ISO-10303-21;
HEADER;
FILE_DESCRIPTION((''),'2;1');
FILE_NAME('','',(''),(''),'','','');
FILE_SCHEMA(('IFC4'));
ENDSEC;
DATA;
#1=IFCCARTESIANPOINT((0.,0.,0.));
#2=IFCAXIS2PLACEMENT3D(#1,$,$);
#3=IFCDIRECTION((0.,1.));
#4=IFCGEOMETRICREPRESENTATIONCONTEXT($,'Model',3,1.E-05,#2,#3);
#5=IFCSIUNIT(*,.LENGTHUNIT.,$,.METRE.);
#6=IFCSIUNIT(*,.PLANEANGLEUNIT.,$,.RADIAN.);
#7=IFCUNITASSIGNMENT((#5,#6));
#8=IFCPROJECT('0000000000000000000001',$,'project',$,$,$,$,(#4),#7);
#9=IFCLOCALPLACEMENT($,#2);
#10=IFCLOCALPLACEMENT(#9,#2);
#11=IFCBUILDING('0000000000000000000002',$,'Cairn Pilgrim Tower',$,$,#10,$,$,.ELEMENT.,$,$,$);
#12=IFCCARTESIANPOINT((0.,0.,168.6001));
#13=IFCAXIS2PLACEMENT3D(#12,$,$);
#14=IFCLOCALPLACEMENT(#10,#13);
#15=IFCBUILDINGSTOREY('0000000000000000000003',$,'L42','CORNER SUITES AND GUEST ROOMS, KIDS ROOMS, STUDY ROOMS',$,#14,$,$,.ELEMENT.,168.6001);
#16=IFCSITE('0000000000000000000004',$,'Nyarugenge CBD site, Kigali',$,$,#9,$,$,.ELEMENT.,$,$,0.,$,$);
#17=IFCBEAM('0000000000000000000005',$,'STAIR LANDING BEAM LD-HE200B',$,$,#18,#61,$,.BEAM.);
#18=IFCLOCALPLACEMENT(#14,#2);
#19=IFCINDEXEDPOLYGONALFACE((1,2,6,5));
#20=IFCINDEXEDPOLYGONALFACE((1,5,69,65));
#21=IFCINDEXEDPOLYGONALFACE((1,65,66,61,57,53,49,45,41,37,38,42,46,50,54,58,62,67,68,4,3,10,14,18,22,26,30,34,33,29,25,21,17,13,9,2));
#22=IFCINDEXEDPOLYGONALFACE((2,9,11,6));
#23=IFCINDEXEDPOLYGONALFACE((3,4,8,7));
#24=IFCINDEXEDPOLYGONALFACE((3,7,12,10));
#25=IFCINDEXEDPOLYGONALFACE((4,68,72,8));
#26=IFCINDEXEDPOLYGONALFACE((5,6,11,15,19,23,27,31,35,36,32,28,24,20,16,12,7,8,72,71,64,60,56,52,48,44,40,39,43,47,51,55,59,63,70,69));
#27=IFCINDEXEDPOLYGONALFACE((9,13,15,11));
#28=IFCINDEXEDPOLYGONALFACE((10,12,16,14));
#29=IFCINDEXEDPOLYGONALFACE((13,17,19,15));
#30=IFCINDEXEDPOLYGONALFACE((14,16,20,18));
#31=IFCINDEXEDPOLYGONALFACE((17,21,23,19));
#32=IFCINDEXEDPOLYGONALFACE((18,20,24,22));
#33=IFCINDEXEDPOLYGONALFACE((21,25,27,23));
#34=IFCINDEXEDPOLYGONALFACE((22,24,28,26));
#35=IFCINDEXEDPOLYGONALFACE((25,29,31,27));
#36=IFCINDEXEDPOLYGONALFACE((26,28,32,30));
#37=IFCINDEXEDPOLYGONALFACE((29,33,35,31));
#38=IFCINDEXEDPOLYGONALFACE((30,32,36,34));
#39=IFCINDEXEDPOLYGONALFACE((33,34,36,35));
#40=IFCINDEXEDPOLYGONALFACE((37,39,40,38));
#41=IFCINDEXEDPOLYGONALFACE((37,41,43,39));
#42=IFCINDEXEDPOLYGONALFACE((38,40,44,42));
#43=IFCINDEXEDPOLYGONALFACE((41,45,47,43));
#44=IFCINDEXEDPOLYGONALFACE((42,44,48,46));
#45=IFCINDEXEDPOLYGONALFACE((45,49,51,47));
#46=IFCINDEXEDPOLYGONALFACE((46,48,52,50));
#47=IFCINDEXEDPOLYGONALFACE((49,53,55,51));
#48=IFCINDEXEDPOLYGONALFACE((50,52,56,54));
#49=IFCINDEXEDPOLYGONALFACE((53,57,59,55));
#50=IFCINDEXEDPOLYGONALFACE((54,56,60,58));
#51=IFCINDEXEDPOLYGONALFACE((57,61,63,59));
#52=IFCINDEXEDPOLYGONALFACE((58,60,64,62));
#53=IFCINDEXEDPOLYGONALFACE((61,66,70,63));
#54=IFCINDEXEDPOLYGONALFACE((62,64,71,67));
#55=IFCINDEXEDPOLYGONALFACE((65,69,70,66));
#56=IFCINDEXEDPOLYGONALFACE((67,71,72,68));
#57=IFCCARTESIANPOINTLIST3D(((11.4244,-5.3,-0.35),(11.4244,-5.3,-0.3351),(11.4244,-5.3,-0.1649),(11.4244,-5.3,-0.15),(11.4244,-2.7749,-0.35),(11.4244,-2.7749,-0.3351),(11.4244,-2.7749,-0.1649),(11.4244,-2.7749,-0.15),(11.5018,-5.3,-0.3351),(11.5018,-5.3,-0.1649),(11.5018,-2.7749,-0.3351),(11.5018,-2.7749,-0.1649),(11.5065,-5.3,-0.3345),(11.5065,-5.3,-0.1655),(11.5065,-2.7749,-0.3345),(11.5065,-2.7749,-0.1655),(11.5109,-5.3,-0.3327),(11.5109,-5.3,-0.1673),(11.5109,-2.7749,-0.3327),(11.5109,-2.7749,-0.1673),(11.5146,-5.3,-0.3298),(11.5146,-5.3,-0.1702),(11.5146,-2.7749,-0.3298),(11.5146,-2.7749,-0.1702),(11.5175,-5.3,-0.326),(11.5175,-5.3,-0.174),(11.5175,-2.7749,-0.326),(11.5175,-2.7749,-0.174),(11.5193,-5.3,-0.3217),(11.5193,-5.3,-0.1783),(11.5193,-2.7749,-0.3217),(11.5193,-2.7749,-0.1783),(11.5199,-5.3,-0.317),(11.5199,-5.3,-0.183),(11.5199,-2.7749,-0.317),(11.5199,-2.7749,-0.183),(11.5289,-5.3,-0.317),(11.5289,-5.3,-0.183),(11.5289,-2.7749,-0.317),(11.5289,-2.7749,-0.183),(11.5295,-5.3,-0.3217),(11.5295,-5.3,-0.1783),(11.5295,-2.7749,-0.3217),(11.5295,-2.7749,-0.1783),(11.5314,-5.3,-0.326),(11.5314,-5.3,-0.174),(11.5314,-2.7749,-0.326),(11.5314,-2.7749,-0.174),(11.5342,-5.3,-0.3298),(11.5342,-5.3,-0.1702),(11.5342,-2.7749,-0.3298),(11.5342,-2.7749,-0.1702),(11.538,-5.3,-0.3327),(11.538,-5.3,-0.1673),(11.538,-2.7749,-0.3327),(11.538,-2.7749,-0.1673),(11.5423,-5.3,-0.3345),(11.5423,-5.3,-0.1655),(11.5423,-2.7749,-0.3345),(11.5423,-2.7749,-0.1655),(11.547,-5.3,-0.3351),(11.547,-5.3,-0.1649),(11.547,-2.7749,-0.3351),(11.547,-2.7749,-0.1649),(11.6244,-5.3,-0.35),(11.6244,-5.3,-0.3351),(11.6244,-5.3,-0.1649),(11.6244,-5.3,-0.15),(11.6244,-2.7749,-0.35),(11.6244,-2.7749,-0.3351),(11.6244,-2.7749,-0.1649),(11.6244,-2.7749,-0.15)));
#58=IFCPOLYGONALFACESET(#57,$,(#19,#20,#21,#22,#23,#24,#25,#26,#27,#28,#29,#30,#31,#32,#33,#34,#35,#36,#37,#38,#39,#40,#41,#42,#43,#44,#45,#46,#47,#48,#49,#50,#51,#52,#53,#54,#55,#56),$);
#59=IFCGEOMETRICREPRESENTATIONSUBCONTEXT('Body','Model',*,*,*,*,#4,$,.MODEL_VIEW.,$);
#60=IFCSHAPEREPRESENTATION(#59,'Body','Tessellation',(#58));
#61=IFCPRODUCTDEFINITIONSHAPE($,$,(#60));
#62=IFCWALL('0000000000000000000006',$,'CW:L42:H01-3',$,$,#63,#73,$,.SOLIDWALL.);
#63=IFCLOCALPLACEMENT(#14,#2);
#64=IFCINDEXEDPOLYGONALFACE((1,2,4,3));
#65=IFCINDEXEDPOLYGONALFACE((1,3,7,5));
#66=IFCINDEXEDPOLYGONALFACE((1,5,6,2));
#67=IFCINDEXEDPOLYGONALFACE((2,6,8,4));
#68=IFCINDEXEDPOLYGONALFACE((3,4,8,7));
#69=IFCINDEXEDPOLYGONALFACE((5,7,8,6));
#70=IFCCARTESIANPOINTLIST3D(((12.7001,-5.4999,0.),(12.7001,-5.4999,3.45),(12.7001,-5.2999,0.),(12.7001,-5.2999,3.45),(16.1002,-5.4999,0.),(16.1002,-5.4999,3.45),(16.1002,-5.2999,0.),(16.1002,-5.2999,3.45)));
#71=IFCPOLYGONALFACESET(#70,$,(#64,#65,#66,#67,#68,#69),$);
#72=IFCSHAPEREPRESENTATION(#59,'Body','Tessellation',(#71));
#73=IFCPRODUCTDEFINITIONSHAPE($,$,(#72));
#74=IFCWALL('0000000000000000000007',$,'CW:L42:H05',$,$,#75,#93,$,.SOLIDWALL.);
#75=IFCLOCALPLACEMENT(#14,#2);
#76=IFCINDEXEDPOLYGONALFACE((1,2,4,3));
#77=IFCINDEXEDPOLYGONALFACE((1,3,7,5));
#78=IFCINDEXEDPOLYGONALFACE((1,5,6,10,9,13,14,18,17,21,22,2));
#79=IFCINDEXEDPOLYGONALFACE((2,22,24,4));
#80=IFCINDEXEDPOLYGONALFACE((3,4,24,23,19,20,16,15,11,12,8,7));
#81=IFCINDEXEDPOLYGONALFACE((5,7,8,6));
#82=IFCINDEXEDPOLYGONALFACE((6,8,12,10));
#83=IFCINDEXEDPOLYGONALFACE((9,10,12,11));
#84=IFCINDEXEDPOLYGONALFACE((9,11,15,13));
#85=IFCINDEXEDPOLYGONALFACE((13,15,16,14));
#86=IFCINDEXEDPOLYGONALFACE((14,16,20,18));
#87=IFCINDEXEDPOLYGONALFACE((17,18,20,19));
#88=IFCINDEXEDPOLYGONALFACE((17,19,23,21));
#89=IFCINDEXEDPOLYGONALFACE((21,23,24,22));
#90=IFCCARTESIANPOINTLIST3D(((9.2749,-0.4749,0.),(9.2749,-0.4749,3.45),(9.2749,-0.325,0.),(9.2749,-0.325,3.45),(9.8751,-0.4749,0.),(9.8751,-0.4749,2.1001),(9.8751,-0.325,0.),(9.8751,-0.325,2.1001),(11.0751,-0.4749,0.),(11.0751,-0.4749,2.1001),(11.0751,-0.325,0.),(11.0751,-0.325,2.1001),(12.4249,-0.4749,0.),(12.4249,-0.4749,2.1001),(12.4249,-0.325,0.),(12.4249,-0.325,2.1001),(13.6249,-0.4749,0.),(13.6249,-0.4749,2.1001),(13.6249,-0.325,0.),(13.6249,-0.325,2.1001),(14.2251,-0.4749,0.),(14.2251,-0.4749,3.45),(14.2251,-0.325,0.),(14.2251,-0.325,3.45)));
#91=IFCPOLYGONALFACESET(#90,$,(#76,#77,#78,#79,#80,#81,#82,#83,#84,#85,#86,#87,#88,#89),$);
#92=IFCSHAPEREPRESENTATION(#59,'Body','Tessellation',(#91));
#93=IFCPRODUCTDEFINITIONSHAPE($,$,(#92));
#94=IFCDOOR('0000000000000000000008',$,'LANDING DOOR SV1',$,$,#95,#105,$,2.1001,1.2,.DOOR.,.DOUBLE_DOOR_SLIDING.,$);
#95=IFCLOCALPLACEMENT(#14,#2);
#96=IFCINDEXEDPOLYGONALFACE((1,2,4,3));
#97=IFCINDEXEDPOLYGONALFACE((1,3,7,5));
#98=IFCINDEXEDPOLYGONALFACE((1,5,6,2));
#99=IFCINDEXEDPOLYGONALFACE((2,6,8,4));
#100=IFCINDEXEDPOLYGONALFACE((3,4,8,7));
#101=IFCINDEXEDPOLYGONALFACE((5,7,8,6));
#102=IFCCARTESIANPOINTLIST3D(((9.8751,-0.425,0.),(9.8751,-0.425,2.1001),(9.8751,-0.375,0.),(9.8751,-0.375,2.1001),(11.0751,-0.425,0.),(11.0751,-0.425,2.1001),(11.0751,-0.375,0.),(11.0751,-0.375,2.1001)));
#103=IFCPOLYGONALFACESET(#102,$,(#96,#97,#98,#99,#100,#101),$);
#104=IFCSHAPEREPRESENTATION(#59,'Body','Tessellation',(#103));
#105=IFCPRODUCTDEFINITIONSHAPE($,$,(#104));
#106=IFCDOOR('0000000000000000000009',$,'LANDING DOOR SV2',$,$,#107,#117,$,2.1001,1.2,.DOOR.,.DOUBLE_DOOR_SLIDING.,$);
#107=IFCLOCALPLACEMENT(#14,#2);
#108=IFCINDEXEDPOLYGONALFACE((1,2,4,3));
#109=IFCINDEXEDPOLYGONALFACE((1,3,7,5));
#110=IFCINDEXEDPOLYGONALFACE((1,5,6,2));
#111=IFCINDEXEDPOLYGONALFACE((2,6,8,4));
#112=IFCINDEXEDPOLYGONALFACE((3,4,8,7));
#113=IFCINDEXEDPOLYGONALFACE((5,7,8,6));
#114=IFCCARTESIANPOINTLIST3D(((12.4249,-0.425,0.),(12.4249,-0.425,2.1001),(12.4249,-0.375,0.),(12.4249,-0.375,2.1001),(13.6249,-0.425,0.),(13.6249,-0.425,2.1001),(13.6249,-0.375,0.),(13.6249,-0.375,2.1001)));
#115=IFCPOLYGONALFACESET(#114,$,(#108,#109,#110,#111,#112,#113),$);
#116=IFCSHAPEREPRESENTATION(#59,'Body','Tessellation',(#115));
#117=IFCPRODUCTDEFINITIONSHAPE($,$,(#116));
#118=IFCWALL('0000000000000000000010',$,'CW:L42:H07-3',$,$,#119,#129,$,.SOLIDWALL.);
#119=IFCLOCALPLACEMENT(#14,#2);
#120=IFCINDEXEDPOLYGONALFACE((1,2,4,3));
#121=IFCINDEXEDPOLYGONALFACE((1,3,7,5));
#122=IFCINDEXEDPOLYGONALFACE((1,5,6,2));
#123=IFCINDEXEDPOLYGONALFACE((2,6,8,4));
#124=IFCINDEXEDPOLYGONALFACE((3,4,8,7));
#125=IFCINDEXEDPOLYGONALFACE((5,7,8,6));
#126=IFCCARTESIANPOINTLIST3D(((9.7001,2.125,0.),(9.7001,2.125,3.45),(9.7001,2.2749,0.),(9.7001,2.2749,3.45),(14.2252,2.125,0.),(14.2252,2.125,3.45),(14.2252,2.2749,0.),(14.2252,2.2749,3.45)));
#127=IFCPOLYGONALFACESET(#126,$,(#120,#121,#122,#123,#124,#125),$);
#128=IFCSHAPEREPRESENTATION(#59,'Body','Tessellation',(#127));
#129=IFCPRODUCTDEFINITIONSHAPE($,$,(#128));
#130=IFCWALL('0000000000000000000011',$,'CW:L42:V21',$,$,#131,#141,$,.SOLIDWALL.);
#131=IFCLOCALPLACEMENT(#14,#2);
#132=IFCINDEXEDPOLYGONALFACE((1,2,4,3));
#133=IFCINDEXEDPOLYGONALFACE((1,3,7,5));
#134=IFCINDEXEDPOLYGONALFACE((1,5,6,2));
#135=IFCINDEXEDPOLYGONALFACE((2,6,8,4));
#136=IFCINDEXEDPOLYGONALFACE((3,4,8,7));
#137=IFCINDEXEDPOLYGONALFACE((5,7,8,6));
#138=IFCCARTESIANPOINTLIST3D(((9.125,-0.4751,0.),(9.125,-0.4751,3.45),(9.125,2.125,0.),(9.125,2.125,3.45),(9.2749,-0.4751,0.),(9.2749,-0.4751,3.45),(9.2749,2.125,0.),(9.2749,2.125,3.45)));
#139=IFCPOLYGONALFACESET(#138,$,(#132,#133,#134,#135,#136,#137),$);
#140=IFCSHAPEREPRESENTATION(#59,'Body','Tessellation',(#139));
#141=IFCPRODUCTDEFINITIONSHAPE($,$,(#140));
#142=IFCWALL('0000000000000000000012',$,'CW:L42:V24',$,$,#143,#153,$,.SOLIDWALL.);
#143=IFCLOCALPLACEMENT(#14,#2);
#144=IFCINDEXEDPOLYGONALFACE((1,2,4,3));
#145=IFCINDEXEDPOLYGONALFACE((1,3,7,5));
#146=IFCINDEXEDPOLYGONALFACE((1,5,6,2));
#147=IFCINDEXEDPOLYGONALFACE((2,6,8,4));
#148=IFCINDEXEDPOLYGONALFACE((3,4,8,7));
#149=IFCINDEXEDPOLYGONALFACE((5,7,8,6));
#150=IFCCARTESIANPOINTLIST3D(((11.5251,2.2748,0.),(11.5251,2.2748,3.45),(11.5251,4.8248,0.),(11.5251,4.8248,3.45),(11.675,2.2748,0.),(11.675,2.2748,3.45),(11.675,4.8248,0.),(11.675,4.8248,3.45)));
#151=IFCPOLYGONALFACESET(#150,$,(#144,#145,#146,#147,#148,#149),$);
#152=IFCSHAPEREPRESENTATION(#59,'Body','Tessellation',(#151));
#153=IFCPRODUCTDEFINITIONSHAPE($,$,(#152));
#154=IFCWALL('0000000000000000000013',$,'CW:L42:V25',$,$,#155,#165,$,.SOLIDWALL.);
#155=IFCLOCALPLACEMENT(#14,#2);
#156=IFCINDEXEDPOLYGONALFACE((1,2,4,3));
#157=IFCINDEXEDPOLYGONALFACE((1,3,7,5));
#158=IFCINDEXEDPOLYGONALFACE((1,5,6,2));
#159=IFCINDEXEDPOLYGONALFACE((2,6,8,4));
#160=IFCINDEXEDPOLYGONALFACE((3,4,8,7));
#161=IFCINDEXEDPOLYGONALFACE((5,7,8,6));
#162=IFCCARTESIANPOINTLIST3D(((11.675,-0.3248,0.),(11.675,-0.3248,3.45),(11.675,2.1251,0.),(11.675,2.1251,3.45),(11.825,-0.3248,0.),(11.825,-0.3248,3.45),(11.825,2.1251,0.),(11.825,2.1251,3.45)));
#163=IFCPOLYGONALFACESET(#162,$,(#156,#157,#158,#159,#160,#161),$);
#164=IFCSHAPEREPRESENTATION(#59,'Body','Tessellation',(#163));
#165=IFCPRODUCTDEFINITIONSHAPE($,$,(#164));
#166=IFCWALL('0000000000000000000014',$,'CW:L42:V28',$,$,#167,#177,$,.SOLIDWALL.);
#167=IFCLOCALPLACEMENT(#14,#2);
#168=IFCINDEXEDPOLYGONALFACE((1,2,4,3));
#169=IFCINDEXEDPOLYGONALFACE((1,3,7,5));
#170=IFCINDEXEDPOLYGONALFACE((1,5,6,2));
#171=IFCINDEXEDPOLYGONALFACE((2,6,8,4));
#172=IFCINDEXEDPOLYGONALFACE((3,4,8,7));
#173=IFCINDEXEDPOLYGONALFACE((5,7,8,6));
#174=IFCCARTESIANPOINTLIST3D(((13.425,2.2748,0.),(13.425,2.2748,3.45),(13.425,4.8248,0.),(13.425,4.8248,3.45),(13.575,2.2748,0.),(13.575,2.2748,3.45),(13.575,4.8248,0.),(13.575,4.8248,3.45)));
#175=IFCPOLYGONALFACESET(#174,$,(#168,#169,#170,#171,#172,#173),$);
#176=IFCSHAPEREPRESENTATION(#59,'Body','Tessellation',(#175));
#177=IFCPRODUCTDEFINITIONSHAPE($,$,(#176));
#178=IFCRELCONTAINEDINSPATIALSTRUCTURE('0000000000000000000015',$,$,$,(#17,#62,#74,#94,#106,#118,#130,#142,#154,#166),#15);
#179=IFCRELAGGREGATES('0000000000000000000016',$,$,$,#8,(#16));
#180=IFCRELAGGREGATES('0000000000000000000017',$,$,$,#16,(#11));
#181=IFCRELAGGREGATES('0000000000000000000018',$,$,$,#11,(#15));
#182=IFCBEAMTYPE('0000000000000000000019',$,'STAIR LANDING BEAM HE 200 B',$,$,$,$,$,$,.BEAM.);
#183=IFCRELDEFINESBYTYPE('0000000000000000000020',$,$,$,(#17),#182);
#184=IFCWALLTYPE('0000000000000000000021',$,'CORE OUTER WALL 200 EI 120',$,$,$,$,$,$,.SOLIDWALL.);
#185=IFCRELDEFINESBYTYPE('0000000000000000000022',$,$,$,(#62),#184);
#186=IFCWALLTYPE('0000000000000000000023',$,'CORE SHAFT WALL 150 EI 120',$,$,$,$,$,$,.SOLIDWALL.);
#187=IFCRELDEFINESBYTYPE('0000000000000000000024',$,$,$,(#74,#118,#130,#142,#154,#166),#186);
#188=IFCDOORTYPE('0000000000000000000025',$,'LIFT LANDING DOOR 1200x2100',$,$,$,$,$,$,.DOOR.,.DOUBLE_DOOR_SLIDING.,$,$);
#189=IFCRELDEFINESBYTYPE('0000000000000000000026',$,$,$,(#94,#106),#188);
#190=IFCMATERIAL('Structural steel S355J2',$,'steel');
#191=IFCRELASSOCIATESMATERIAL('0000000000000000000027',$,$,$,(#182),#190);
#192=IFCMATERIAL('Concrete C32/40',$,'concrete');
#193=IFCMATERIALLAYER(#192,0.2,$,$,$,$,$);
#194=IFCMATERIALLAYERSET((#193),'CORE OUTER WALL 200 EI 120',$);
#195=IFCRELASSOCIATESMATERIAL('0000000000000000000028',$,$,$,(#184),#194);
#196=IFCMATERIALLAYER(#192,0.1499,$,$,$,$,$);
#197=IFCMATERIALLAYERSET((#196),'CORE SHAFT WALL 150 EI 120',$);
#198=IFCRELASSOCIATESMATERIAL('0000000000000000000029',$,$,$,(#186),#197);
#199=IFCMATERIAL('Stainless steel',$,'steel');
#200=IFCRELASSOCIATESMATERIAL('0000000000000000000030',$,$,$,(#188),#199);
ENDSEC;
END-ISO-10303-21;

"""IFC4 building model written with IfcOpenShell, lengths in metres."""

from ifc_helpers import new_model, si_unit, direction, frame, frame_2d, origin, origin_2d, place, context, subcontext, project, spatial, rectangle, i_section, extrude, material, layer, layer_set, material_profile, profile_set, type_object, element, fill, save


model = new_model("IFC4")

# Units and contexts
model_context = context("Model", 3, precision=1e-05, world=origin(), true_north=direction((0.0, 1.0)))
body_context = subcontext(model_context, "Body", "Model", "MODEL_VIEW")
ifc_project = project(units=[si_unit("LENGTHUNIT", "METRE"), si_unit("PLANEANGLEUNIT", "RADIAN")], contexts=[model_context])

# Site, building, storey
site_placement = place(None, origin())
site = spatial("IfcSite", under=ifc_project, at=site_placement, Name="Nyarugenge CBD site, Kigali", CompositionType="ELEMENT", RefElevation=0.0)
building_placement = place(site_placement, origin())
building = spatial("IfcBuilding", under=site, at=building_placement, Name="Cairn Pilgrim Tower", CompositionType="ELEMENT")
storey_placement = place(building_placement, frame((0.0, 0.0, 168.6001)))
storey = spatial("IfcBuildingStorey", under=building, at=storey_placement, Name="L42", Description="CORNER SUITES AND GUEST ROOMS, KIDS ROOMS, STUDY ROOMS", CompositionType="ELEMENT", Elevation=168.6001)

# Beam
ifc_material_1 = material(Name="Structural steel S355J2", Category="steel")
ifc_material_profile = material_profile(ifc_material_1, i_section(OverallWidth=0.2, OverallDepth=0.2, WebThickness=0.009, FlangeThickness=0.0149, FilletRadius=0.0181, at=origin_2d()), Name="HE 200 B")
ifc_profile_set = profile_set([ifc_material_profile], Name="Structural steel S355J2")
beam_type = type_object("IfcBeamType", Name="STAIR LANDING BEAM HE 200 B", PredefinedType="BEAM", material=ifc_profile_set)
beam_placement = place(storey_placement, frame((11.5244, -2.7749, -0.25), z_axis=(0.0, -1.0, 0.0), x_axis=(1.0, 0.0, 0.0)))
element("IfcBeam", 1, at=beam_placement, inside=storey, type_object=beam_type, Name="STAIR LANDING BEAM LD-HE200B", PredefinedType="BEAM", context=body_context, shape_type="SweptSolid", body=[
    extrude(i_section(OverallWidth=0.2, OverallDepth=0.2, WebThickness=0.009, FlangeThickness=0.0149, FilletRadius=0.0181, at=origin_2d()), origin(), (0.0, 0.0, 1.0), 2.5251),
])

# Wall
ifc_material_2 = material(Name="Concrete C32/40", Category="concrete")
ifc_layer_1 = layer(ifc_material_2, 0.2)
ifc_layer_set_1 = layer_set([ifc_layer_1], Name="CORE OUTER WALL 200 EI 120")
wall_type_1 = type_object("IfcWallType", Name="CORE OUTER WALL 200 EI 120", PredefinedType="SOLIDWALL", material=ifc_layer_set_1)
wall_1_placement = place(storey_placement, frame((12.7, -5.3999, 0.0), z_axis=(0.0, 0.0, 1.0), x_axis=(1.0, 0.0, 0.0)))
element("IfcWall", 2, at=wall_1_placement, inside=storey, type_object=wall_type_1, Name="CW:L42:H01-3", PredefinedType="SOLIDWALL", context=body_context, shape_type="SweptSolid", body=[
    extrude(rectangle(XDim=3.4001, YDim=0.2, at=frame_2d((1.7002, 0.0))), origin(), (0.0, 0.0, 1.0), 3.45),
])

# Wall, openings, doors
ifc_layer_2 = layer(ifc_material_2, 0.1499)
ifc_layer_set_2 = layer_set([ifc_layer_2], Name="CORE SHAFT WALL 150 EI 120")
wall_type_2 = type_object("IfcWallType", Name="CORE SHAFT WALL 150 EI 120", PredefinedType="SOLIDWALL", material=ifc_layer_set_2)
wall_2_placement = place(storey_placement, frame((9.2749, -0.3999, 0.0), z_axis=(0.0, 0.0, 1.0), x_axis=(1.0, 0.0, 0.0)))
wall_2 = element("IfcWall", 3, at=wall_2_placement, inside=storey, type_object=wall_type_2, Name="CW:L42:H05", PredefinedType="SOLIDWALL", context=body_context, shape_type="SweptSolid", body=[
    extrude(rectangle(XDim=4.9502, YDim=0.1499, at=frame_2d((2.4751, 0.0))), origin(), (0.0, 0.0, 1.0), 3.45),
])
opening_1_placement = place(wall_2_placement, frame((0.6001, 0.0, 0.0)))
opening_1 = element("IfcOpeningElement", 4, at=opening_1_placement, cuts=wall_2, PredefinedType="OPENING", context=body_context, shape_type="SweptSolid", body=[
    extrude(rectangle(XDim=1.2, YDim=2.1001, at=frame_2d((0.6001, 1.05))), frame((0.0, 0.085, 0.0), z_axis=(0.0, -1.0, 0.0), x_axis=(1.0, 0.0, 0.0)), (0.0, 0.0, 1.0), 0.1699),
])
opening_2_placement = place(wall_2_placement, frame((3.1499, 0.0, 0.0)))
opening_2 = element("IfcOpeningElement", 5, at=opening_2_placement, cuts=wall_2, PredefinedType="OPENING", context=body_context, shape_type="SweptSolid", body=[
    extrude(rectangle(XDim=1.2, YDim=2.1001, at=frame_2d((0.6001, 1.05))), frame((0.0, 0.085, 0.0), z_axis=(0.0, -1.0, 0.0), x_axis=(1.0, 0.0, 0.0)), (0.0, 0.0, 1.0), 0.1699),
])
ifc_material_3 = material(Name="Stainless steel", Category="steel")
door_type = type_object("IfcDoorType", Name="LIFT LANDING DOOR 1200x2100", OperationType="DOUBLE_DOOR_SLIDING", PredefinedType="DOOR", material=ifc_material_3)
door_1_placement = place(opening_1_placement, origin())
door_1 = element("IfcDoor", 6, at=door_1_placement, inside=storey, type_object=door_type, Name="LANDING DOOR SV1", OperationType="DOUBLE_DOOR_SLIDING", OverallHeight=2.1001, OverallWidth=1.2, PredefinedType="DOOR", context=body_context, shape_type="SweptSolid", body=[
    extrude(rectangle(XDim=1.2, YDim=2.1001, at=frame_2d((0.6001, 1.05))), frame((0.0, 0.0249, 0.0), z_axis=(0.0, -1.0, 0.0), x_axis=(1.0, 0.0, 0.0)), (0.0, 0.0, 1.0), 0.05),
])
fill(opening_1, door_1)
door_2_placement = place(opening_2_placement, origin())
door_2 = element("IfcDoor", 7, at=door_2_placement, inside=storey, type_object=door_type, Name="LANDING DOOR SV2", OperationType="DOUBLE_DOOR_SLIDING", OverallHeight=2.1001, OverallWidth=1.2, PredefinedType="DOOR", context=body_context, shape_type="SweptSolid", body=[
    extrude(rectangle(XDim=1.2, YDim=2.1001, at=frame_2d((0.6001, 1.05))), frame((0.0, 0.0249, 0.0), z_axis=(0.0, -1.0, 0.0), x_axis=(1.0, 0.0, 0.0)), (0.0, 0.0, 1.0), 0.05),
])
fill(opening_2, door_2)

# Walls
wall_3_placement = place(storey_placement, frame((9.7, 2.2, 0.0), z_axis=(0.0, 0.0, 1.0), x_axis=(1.0, 0.0, 0.0)))
element("IfcWall", 8, at=wall_3_placement, inside=storey, type_object=wall_type_2, Name="CW:L42:H07-3", PredefinedType="SOLIDWALL", context=body_context, shape_type="SweptSolid", body=[
    extrude(rectangle(XDim=4.5251, YDim=0.1499, at=frame_2d((2.2627, 0.0))), origin(), (0.0, 0.0, 1.0), 3.45),
])
wall_4_placement = place(storey_placement, frame((9.2, -0.4751, 0.0), z_axis=(0.0, 0.0, 1.0), x_axis=(0.0, 1.0, 0.0)))
element("IfcWall", 9, at=wall_4_placement, inside=storey, type_object=wall_type_2, Name="CW:L42:V21", PredefinedType="SOLIDWALL", context=body_context, shape_type="SweptSolid", body=[
    extrude(rectangle(XDim=2.6001, YDim=0.1499, at=frame_2d((1.3, 0.0))), origin(), (0.0, 0.0, 1.0), 3.45),
])
wall_5_placement = place(storey_placement, frame((11.6001, 2.2749, 0.0), z_axis=(0.0, 0.0, 1.0), x_axis=(0.0, 1.0, 0.0)))
element("IfcWall", 10, at=wall_5_placement, inside=storey, type_object=wall_type_2, Name="CW:L42:V24", PredefinedType="SOLIDWALL", context=body_context, shape_type="SweptSolid", body=[
    extrude(rectangle(XDim=2.55, YDim=0.1499, at=frame_2d((1.2749, 0.0))), origin(), (0.0, 0.0, 1.0), 3.45),
])
wall_6_placement = place(storey_placement, frame((11.75, -0.325, 0.0), z_axis=(0.0, 0.0, 1.0), x_axis=(0.0, 1.0, 0.0)))
element("IfcWall", 11, at=wall_6_placement, inside=storey, type_object=wall_type_2, Name="CW:L42:V25", PredefinedType="SOLIDWALL", context=body_context, shape_type="SweptSolid", body=[
    extrude(rectangle(XDim=2.45, YDim=0.1499, at=frame_2d((1.2251, 0.0))), origin(), (0.0, 0.0, 1.0), 3.45),
])
wall_7_placement = place(storey_placement, frame((13.5, 2.2749, 0.0), z_axis=(0.0, 0.0, 1.0), x_axis=(0.0, 1.0, 0.0)))
element("IfcWall", 12, at=wall_7_placement, inside=storey, type_object=wall_type_2, Name="CW:L42:V28", PredefinedType="SOLIDWALL", context=body_context, shape_type="SweptSolid", body=[
    extrude(rectangle(XDim=2.55, YDim=0.1499, at=frame_2d((1.2749, 0.0))), origin(), (0.0, 0.0, 1.0), 3.45),
])

save(model, "model.ifc")
